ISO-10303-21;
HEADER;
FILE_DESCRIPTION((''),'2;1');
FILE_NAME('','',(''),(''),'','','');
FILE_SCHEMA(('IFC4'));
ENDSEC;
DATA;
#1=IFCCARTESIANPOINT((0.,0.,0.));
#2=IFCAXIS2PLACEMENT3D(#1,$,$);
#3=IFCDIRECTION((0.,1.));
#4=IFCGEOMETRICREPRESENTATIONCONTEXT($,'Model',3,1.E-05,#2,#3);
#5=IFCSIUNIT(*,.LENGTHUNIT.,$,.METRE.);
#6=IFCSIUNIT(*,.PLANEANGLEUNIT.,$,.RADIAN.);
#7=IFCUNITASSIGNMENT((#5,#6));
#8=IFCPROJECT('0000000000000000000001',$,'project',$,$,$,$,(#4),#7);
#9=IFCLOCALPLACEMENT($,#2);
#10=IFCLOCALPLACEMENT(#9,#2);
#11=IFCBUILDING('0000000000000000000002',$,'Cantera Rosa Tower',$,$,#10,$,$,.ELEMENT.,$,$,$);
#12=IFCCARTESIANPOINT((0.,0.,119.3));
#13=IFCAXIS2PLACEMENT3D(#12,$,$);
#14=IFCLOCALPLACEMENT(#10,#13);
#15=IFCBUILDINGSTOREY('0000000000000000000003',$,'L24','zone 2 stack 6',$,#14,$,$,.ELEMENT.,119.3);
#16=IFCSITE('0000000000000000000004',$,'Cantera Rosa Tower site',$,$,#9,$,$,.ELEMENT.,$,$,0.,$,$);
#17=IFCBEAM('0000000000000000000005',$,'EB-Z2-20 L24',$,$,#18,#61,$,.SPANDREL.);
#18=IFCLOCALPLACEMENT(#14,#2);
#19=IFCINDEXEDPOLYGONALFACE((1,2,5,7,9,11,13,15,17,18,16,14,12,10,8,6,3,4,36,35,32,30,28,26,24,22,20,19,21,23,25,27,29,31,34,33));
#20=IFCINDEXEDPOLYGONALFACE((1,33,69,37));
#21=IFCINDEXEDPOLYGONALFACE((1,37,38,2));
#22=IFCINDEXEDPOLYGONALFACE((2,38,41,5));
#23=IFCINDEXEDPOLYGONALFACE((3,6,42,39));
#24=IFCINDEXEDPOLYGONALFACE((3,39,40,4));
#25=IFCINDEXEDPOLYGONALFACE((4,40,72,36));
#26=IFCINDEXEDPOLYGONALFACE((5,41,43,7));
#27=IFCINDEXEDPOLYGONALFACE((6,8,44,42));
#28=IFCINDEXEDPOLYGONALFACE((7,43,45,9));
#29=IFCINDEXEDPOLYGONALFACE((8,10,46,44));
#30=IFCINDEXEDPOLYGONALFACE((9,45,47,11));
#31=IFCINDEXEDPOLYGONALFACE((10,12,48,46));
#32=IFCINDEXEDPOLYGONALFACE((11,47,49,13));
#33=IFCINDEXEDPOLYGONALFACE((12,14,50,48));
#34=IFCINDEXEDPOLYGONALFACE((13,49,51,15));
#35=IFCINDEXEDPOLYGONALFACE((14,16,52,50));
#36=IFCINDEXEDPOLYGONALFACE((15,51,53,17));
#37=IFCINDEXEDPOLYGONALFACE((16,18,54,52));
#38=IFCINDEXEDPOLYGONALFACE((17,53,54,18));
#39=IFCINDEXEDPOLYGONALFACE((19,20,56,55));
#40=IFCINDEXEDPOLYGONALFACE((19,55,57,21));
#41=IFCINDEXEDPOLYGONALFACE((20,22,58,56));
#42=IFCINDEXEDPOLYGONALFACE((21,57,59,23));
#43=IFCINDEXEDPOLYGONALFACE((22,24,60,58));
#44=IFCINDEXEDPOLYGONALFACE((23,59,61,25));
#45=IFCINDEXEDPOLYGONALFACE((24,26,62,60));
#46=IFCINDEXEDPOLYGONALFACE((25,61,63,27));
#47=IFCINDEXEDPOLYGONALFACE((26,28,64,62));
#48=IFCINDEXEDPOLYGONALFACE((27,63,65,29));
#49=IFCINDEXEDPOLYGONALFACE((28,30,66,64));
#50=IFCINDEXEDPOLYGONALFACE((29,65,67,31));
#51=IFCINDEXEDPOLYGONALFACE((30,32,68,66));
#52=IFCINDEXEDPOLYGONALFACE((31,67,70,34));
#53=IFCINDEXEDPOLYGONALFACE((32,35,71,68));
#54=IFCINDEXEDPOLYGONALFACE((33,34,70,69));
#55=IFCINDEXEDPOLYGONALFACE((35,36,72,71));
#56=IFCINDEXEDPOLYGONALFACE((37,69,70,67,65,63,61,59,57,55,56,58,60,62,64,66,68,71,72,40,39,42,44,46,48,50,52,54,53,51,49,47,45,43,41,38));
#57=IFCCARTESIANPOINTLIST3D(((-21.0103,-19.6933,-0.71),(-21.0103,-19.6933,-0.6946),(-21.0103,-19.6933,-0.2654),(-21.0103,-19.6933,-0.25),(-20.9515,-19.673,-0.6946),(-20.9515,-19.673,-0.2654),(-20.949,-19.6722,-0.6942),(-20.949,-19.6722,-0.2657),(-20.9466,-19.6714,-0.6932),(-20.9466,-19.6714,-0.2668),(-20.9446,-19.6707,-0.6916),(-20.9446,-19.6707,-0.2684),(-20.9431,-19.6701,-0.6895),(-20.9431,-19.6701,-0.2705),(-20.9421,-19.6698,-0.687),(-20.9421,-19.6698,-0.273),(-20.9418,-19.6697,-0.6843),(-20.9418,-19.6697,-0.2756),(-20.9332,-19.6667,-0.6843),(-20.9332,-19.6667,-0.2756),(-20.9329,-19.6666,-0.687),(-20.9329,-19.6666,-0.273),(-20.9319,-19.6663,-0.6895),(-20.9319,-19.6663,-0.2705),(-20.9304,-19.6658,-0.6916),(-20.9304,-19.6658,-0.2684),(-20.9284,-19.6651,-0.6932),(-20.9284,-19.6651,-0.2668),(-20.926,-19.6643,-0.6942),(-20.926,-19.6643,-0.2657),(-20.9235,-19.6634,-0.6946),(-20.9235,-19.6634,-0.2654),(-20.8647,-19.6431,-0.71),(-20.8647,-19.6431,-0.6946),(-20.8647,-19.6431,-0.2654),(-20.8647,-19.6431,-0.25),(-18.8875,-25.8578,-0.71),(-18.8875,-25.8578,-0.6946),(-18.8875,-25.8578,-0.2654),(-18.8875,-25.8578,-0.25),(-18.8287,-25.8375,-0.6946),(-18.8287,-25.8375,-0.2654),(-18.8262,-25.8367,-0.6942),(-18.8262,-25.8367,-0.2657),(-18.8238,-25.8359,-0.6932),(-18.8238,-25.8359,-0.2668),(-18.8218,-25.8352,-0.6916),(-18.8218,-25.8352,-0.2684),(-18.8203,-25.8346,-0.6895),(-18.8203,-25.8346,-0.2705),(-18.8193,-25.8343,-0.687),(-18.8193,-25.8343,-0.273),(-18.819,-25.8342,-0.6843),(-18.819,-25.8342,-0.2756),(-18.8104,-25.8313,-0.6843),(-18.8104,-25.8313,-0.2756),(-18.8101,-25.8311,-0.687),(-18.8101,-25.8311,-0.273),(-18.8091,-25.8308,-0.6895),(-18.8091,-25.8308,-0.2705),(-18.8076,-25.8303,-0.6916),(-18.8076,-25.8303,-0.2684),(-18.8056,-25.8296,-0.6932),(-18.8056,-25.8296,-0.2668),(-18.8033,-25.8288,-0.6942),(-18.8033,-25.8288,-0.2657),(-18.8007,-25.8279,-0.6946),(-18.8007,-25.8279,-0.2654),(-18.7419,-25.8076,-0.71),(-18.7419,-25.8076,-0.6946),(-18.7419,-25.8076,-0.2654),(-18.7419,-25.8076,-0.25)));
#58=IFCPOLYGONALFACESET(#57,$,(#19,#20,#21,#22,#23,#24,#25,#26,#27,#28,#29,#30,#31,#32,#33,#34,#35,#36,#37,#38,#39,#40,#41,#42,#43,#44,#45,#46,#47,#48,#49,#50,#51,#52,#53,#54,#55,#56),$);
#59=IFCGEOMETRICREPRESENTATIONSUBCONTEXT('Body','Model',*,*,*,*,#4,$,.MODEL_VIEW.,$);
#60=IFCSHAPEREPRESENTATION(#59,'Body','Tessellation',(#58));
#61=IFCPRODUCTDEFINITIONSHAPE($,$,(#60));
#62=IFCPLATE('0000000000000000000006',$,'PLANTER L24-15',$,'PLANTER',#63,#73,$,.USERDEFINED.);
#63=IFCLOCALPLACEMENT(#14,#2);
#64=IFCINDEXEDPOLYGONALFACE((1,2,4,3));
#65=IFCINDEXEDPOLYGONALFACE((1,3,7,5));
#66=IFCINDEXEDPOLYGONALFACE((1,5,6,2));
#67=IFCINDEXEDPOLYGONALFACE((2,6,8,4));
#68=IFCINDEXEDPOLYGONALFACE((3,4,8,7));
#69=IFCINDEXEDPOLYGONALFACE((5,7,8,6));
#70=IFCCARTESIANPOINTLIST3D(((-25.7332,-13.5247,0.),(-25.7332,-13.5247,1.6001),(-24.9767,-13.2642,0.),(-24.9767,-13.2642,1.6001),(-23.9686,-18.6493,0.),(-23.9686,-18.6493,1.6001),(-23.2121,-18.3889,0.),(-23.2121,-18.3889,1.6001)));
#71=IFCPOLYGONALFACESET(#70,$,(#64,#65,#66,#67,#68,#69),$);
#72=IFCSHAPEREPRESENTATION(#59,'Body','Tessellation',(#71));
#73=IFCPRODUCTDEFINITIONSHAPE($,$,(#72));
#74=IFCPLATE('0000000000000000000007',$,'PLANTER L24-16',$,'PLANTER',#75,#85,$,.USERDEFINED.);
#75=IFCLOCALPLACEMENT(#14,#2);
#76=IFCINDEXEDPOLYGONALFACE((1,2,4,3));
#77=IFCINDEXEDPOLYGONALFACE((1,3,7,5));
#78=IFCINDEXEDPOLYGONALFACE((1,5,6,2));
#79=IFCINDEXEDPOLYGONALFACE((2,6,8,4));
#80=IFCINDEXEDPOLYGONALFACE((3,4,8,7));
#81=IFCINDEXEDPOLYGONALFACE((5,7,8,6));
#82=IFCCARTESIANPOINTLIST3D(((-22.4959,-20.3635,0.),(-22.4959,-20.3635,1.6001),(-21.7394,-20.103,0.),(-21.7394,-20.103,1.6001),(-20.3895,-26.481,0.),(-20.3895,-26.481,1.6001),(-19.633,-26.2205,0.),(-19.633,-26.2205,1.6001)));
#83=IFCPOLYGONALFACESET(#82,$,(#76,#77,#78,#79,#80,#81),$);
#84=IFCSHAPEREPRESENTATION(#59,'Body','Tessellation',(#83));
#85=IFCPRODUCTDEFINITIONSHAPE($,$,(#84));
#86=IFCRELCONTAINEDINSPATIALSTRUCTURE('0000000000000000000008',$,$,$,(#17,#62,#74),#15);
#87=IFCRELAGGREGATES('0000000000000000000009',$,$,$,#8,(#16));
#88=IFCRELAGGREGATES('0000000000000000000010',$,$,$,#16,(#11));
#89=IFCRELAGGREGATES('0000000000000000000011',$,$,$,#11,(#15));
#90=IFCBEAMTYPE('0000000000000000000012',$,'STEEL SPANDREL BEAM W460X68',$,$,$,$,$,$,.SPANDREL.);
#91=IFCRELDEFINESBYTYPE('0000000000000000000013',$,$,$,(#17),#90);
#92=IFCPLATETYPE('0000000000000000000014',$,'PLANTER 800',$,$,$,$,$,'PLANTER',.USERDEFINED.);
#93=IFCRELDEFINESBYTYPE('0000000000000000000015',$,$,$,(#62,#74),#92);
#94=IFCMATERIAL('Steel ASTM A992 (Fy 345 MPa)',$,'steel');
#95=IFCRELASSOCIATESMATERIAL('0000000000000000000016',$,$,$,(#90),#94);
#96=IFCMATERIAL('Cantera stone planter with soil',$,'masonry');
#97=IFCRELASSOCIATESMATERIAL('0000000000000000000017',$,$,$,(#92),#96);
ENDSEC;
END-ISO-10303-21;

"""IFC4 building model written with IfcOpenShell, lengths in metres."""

from ifc_helpers import new_model, si_unit, direction, frame, origin, origin_2d, place, context, subcontext, project, spatial, rectangle, i_section, extrude, material, material_profile, profile_set, type_object, element, save


model = new_model("IFC4")

# Units and contexts
model_context = context("Model", 3, precision=1e-05, world=origin(), true_north=direction((0.0, 1.0)))
body_context = subcontext(model_context, "Body", "Model", "MODEL_VIEW")
ifc_project = project(units=[si_unit("LENGTHUNIT", "METRE"), si_unit("PLANEANGLEUNIT", "RADIAN")], contexts=[model_context])

# Site, building, storey
site_placement = place(None, origin())
site = spatial("IfcSite", under=ifc_project, at=site_placement, Name="Cantera Rosa Tower site", CompositionType="ELEMENT", RefElevation=0.0)
building_placement = place(site_placement, origin())
building = spatial("IfcBuilding", under=site, at=building_placement, Name="Cantera Rosa Tower", CompositionType="ELEMENT")
storey_placement = place(building_placement, frame((0.0, 0.0, 119.3)))
storey = spatial("IfcBuildingStorey", under=building, at=storey_placement, Name="L24", Description="zone 2 stack 6", CompositionType="ELEMENT", Elevation=119.3)

# Beam
ifc_material_1 = material(Name="Steel ASTM A992 (Fy 345 MPa)", Category="steel")
ifc_material_profile_1 = material_profile(ifc_material_1, i_section(OverallWidth=0.1541, OverallDepth=0.46, WebThickness=0.009, FlangeThickness=0.0154, FilletRadius=0.0103, at=origin_2d()), Name="W460X68")
ifc_profile_set_1 = profile_set([ifc_material_profile_1], Name="Steel ASTM A992 (Fy 345 MPa)")
beam_type_1 = type_object("IfcBeamType", Name="STEEL SPANDREL BEAM W460X68", PredefinedType="SPANDREL", material=ifc_profile_set_1)
beam_1_placement = place(storey_placement, frame((-20.9375, -19.6682, -0.48), z_axis=(0.325593, -0.94551, 0.0), x_axis=(0.94551, 0.325593, 0.0)))
element("IfcBeam", 1, at=beam_1_placement, inside=storey, type_object=beam_type_1, Name="EB-Z2-20 L24", PredefinedType="SPANDREL", context=body_context, shape_type="SweptSolid", body=[
    extrude(i_section(OverallWidth=0.1541, OverallDepth=0.46, WebThickness=0.009, FlangeThickness=0.0154, FilletRadius=0.0103, at=origin_2d()), origin(), (0.0, 0.0, 1.0), 6.5198),
])

# Plates
ifc_material_2 = material(Name="Cantera stone planter with soil", Category="masonry")
plate_type = type_object("IfcPlateType", Name="PLANTER 800", ElementType="PLANTER", PredefinedType="USERDEFINED", material=ifc_material_2)
plate_1_placement = place(storey_placement, frame((-24.4727, -15.9568, 0.0), z_axis=(0.0, 0.0, 1.0), x_axis=(0.325568, -0.945519, 0.0)))
element("IfcPlate", 2, at=plate_1_placement, inside=storey, type_object=plate_type, Name="PLANTER L24-15", ObjectType="PLANTER", PredefinedType="USERDEFINED", context=body_context, shape_type="SweptSolid", body=[
    extrude(rectangle(XDim=5.4199, YDim=0.8, at=origin_2d()), origin(), (0.0, 0.0, 1.0), 1.6001),
])
plate_2_placement = place(storey_placement, frame((-21.0645, -23.292, 0.0), z_axis=(0.0, 0.0, 1.0), x_axis=(0.325568, -0.945519, 0.0)))
element("IfcPlate", 3, at=plate_2_placement, inside=storey, type_object=plate_type, Name="PLANTER L24-16", ObjectType="PLANTER", PredefinedType="USERDEFINED", context=body_context, shape_type="SweptSolid", body=[
    extrude(rectangle(XDim=6.47, YDim=0.8, at=origin_2d()), origin(), (0.0, 0.0, 1.0), 1.6001),
])

save(model, "model.ifc")
